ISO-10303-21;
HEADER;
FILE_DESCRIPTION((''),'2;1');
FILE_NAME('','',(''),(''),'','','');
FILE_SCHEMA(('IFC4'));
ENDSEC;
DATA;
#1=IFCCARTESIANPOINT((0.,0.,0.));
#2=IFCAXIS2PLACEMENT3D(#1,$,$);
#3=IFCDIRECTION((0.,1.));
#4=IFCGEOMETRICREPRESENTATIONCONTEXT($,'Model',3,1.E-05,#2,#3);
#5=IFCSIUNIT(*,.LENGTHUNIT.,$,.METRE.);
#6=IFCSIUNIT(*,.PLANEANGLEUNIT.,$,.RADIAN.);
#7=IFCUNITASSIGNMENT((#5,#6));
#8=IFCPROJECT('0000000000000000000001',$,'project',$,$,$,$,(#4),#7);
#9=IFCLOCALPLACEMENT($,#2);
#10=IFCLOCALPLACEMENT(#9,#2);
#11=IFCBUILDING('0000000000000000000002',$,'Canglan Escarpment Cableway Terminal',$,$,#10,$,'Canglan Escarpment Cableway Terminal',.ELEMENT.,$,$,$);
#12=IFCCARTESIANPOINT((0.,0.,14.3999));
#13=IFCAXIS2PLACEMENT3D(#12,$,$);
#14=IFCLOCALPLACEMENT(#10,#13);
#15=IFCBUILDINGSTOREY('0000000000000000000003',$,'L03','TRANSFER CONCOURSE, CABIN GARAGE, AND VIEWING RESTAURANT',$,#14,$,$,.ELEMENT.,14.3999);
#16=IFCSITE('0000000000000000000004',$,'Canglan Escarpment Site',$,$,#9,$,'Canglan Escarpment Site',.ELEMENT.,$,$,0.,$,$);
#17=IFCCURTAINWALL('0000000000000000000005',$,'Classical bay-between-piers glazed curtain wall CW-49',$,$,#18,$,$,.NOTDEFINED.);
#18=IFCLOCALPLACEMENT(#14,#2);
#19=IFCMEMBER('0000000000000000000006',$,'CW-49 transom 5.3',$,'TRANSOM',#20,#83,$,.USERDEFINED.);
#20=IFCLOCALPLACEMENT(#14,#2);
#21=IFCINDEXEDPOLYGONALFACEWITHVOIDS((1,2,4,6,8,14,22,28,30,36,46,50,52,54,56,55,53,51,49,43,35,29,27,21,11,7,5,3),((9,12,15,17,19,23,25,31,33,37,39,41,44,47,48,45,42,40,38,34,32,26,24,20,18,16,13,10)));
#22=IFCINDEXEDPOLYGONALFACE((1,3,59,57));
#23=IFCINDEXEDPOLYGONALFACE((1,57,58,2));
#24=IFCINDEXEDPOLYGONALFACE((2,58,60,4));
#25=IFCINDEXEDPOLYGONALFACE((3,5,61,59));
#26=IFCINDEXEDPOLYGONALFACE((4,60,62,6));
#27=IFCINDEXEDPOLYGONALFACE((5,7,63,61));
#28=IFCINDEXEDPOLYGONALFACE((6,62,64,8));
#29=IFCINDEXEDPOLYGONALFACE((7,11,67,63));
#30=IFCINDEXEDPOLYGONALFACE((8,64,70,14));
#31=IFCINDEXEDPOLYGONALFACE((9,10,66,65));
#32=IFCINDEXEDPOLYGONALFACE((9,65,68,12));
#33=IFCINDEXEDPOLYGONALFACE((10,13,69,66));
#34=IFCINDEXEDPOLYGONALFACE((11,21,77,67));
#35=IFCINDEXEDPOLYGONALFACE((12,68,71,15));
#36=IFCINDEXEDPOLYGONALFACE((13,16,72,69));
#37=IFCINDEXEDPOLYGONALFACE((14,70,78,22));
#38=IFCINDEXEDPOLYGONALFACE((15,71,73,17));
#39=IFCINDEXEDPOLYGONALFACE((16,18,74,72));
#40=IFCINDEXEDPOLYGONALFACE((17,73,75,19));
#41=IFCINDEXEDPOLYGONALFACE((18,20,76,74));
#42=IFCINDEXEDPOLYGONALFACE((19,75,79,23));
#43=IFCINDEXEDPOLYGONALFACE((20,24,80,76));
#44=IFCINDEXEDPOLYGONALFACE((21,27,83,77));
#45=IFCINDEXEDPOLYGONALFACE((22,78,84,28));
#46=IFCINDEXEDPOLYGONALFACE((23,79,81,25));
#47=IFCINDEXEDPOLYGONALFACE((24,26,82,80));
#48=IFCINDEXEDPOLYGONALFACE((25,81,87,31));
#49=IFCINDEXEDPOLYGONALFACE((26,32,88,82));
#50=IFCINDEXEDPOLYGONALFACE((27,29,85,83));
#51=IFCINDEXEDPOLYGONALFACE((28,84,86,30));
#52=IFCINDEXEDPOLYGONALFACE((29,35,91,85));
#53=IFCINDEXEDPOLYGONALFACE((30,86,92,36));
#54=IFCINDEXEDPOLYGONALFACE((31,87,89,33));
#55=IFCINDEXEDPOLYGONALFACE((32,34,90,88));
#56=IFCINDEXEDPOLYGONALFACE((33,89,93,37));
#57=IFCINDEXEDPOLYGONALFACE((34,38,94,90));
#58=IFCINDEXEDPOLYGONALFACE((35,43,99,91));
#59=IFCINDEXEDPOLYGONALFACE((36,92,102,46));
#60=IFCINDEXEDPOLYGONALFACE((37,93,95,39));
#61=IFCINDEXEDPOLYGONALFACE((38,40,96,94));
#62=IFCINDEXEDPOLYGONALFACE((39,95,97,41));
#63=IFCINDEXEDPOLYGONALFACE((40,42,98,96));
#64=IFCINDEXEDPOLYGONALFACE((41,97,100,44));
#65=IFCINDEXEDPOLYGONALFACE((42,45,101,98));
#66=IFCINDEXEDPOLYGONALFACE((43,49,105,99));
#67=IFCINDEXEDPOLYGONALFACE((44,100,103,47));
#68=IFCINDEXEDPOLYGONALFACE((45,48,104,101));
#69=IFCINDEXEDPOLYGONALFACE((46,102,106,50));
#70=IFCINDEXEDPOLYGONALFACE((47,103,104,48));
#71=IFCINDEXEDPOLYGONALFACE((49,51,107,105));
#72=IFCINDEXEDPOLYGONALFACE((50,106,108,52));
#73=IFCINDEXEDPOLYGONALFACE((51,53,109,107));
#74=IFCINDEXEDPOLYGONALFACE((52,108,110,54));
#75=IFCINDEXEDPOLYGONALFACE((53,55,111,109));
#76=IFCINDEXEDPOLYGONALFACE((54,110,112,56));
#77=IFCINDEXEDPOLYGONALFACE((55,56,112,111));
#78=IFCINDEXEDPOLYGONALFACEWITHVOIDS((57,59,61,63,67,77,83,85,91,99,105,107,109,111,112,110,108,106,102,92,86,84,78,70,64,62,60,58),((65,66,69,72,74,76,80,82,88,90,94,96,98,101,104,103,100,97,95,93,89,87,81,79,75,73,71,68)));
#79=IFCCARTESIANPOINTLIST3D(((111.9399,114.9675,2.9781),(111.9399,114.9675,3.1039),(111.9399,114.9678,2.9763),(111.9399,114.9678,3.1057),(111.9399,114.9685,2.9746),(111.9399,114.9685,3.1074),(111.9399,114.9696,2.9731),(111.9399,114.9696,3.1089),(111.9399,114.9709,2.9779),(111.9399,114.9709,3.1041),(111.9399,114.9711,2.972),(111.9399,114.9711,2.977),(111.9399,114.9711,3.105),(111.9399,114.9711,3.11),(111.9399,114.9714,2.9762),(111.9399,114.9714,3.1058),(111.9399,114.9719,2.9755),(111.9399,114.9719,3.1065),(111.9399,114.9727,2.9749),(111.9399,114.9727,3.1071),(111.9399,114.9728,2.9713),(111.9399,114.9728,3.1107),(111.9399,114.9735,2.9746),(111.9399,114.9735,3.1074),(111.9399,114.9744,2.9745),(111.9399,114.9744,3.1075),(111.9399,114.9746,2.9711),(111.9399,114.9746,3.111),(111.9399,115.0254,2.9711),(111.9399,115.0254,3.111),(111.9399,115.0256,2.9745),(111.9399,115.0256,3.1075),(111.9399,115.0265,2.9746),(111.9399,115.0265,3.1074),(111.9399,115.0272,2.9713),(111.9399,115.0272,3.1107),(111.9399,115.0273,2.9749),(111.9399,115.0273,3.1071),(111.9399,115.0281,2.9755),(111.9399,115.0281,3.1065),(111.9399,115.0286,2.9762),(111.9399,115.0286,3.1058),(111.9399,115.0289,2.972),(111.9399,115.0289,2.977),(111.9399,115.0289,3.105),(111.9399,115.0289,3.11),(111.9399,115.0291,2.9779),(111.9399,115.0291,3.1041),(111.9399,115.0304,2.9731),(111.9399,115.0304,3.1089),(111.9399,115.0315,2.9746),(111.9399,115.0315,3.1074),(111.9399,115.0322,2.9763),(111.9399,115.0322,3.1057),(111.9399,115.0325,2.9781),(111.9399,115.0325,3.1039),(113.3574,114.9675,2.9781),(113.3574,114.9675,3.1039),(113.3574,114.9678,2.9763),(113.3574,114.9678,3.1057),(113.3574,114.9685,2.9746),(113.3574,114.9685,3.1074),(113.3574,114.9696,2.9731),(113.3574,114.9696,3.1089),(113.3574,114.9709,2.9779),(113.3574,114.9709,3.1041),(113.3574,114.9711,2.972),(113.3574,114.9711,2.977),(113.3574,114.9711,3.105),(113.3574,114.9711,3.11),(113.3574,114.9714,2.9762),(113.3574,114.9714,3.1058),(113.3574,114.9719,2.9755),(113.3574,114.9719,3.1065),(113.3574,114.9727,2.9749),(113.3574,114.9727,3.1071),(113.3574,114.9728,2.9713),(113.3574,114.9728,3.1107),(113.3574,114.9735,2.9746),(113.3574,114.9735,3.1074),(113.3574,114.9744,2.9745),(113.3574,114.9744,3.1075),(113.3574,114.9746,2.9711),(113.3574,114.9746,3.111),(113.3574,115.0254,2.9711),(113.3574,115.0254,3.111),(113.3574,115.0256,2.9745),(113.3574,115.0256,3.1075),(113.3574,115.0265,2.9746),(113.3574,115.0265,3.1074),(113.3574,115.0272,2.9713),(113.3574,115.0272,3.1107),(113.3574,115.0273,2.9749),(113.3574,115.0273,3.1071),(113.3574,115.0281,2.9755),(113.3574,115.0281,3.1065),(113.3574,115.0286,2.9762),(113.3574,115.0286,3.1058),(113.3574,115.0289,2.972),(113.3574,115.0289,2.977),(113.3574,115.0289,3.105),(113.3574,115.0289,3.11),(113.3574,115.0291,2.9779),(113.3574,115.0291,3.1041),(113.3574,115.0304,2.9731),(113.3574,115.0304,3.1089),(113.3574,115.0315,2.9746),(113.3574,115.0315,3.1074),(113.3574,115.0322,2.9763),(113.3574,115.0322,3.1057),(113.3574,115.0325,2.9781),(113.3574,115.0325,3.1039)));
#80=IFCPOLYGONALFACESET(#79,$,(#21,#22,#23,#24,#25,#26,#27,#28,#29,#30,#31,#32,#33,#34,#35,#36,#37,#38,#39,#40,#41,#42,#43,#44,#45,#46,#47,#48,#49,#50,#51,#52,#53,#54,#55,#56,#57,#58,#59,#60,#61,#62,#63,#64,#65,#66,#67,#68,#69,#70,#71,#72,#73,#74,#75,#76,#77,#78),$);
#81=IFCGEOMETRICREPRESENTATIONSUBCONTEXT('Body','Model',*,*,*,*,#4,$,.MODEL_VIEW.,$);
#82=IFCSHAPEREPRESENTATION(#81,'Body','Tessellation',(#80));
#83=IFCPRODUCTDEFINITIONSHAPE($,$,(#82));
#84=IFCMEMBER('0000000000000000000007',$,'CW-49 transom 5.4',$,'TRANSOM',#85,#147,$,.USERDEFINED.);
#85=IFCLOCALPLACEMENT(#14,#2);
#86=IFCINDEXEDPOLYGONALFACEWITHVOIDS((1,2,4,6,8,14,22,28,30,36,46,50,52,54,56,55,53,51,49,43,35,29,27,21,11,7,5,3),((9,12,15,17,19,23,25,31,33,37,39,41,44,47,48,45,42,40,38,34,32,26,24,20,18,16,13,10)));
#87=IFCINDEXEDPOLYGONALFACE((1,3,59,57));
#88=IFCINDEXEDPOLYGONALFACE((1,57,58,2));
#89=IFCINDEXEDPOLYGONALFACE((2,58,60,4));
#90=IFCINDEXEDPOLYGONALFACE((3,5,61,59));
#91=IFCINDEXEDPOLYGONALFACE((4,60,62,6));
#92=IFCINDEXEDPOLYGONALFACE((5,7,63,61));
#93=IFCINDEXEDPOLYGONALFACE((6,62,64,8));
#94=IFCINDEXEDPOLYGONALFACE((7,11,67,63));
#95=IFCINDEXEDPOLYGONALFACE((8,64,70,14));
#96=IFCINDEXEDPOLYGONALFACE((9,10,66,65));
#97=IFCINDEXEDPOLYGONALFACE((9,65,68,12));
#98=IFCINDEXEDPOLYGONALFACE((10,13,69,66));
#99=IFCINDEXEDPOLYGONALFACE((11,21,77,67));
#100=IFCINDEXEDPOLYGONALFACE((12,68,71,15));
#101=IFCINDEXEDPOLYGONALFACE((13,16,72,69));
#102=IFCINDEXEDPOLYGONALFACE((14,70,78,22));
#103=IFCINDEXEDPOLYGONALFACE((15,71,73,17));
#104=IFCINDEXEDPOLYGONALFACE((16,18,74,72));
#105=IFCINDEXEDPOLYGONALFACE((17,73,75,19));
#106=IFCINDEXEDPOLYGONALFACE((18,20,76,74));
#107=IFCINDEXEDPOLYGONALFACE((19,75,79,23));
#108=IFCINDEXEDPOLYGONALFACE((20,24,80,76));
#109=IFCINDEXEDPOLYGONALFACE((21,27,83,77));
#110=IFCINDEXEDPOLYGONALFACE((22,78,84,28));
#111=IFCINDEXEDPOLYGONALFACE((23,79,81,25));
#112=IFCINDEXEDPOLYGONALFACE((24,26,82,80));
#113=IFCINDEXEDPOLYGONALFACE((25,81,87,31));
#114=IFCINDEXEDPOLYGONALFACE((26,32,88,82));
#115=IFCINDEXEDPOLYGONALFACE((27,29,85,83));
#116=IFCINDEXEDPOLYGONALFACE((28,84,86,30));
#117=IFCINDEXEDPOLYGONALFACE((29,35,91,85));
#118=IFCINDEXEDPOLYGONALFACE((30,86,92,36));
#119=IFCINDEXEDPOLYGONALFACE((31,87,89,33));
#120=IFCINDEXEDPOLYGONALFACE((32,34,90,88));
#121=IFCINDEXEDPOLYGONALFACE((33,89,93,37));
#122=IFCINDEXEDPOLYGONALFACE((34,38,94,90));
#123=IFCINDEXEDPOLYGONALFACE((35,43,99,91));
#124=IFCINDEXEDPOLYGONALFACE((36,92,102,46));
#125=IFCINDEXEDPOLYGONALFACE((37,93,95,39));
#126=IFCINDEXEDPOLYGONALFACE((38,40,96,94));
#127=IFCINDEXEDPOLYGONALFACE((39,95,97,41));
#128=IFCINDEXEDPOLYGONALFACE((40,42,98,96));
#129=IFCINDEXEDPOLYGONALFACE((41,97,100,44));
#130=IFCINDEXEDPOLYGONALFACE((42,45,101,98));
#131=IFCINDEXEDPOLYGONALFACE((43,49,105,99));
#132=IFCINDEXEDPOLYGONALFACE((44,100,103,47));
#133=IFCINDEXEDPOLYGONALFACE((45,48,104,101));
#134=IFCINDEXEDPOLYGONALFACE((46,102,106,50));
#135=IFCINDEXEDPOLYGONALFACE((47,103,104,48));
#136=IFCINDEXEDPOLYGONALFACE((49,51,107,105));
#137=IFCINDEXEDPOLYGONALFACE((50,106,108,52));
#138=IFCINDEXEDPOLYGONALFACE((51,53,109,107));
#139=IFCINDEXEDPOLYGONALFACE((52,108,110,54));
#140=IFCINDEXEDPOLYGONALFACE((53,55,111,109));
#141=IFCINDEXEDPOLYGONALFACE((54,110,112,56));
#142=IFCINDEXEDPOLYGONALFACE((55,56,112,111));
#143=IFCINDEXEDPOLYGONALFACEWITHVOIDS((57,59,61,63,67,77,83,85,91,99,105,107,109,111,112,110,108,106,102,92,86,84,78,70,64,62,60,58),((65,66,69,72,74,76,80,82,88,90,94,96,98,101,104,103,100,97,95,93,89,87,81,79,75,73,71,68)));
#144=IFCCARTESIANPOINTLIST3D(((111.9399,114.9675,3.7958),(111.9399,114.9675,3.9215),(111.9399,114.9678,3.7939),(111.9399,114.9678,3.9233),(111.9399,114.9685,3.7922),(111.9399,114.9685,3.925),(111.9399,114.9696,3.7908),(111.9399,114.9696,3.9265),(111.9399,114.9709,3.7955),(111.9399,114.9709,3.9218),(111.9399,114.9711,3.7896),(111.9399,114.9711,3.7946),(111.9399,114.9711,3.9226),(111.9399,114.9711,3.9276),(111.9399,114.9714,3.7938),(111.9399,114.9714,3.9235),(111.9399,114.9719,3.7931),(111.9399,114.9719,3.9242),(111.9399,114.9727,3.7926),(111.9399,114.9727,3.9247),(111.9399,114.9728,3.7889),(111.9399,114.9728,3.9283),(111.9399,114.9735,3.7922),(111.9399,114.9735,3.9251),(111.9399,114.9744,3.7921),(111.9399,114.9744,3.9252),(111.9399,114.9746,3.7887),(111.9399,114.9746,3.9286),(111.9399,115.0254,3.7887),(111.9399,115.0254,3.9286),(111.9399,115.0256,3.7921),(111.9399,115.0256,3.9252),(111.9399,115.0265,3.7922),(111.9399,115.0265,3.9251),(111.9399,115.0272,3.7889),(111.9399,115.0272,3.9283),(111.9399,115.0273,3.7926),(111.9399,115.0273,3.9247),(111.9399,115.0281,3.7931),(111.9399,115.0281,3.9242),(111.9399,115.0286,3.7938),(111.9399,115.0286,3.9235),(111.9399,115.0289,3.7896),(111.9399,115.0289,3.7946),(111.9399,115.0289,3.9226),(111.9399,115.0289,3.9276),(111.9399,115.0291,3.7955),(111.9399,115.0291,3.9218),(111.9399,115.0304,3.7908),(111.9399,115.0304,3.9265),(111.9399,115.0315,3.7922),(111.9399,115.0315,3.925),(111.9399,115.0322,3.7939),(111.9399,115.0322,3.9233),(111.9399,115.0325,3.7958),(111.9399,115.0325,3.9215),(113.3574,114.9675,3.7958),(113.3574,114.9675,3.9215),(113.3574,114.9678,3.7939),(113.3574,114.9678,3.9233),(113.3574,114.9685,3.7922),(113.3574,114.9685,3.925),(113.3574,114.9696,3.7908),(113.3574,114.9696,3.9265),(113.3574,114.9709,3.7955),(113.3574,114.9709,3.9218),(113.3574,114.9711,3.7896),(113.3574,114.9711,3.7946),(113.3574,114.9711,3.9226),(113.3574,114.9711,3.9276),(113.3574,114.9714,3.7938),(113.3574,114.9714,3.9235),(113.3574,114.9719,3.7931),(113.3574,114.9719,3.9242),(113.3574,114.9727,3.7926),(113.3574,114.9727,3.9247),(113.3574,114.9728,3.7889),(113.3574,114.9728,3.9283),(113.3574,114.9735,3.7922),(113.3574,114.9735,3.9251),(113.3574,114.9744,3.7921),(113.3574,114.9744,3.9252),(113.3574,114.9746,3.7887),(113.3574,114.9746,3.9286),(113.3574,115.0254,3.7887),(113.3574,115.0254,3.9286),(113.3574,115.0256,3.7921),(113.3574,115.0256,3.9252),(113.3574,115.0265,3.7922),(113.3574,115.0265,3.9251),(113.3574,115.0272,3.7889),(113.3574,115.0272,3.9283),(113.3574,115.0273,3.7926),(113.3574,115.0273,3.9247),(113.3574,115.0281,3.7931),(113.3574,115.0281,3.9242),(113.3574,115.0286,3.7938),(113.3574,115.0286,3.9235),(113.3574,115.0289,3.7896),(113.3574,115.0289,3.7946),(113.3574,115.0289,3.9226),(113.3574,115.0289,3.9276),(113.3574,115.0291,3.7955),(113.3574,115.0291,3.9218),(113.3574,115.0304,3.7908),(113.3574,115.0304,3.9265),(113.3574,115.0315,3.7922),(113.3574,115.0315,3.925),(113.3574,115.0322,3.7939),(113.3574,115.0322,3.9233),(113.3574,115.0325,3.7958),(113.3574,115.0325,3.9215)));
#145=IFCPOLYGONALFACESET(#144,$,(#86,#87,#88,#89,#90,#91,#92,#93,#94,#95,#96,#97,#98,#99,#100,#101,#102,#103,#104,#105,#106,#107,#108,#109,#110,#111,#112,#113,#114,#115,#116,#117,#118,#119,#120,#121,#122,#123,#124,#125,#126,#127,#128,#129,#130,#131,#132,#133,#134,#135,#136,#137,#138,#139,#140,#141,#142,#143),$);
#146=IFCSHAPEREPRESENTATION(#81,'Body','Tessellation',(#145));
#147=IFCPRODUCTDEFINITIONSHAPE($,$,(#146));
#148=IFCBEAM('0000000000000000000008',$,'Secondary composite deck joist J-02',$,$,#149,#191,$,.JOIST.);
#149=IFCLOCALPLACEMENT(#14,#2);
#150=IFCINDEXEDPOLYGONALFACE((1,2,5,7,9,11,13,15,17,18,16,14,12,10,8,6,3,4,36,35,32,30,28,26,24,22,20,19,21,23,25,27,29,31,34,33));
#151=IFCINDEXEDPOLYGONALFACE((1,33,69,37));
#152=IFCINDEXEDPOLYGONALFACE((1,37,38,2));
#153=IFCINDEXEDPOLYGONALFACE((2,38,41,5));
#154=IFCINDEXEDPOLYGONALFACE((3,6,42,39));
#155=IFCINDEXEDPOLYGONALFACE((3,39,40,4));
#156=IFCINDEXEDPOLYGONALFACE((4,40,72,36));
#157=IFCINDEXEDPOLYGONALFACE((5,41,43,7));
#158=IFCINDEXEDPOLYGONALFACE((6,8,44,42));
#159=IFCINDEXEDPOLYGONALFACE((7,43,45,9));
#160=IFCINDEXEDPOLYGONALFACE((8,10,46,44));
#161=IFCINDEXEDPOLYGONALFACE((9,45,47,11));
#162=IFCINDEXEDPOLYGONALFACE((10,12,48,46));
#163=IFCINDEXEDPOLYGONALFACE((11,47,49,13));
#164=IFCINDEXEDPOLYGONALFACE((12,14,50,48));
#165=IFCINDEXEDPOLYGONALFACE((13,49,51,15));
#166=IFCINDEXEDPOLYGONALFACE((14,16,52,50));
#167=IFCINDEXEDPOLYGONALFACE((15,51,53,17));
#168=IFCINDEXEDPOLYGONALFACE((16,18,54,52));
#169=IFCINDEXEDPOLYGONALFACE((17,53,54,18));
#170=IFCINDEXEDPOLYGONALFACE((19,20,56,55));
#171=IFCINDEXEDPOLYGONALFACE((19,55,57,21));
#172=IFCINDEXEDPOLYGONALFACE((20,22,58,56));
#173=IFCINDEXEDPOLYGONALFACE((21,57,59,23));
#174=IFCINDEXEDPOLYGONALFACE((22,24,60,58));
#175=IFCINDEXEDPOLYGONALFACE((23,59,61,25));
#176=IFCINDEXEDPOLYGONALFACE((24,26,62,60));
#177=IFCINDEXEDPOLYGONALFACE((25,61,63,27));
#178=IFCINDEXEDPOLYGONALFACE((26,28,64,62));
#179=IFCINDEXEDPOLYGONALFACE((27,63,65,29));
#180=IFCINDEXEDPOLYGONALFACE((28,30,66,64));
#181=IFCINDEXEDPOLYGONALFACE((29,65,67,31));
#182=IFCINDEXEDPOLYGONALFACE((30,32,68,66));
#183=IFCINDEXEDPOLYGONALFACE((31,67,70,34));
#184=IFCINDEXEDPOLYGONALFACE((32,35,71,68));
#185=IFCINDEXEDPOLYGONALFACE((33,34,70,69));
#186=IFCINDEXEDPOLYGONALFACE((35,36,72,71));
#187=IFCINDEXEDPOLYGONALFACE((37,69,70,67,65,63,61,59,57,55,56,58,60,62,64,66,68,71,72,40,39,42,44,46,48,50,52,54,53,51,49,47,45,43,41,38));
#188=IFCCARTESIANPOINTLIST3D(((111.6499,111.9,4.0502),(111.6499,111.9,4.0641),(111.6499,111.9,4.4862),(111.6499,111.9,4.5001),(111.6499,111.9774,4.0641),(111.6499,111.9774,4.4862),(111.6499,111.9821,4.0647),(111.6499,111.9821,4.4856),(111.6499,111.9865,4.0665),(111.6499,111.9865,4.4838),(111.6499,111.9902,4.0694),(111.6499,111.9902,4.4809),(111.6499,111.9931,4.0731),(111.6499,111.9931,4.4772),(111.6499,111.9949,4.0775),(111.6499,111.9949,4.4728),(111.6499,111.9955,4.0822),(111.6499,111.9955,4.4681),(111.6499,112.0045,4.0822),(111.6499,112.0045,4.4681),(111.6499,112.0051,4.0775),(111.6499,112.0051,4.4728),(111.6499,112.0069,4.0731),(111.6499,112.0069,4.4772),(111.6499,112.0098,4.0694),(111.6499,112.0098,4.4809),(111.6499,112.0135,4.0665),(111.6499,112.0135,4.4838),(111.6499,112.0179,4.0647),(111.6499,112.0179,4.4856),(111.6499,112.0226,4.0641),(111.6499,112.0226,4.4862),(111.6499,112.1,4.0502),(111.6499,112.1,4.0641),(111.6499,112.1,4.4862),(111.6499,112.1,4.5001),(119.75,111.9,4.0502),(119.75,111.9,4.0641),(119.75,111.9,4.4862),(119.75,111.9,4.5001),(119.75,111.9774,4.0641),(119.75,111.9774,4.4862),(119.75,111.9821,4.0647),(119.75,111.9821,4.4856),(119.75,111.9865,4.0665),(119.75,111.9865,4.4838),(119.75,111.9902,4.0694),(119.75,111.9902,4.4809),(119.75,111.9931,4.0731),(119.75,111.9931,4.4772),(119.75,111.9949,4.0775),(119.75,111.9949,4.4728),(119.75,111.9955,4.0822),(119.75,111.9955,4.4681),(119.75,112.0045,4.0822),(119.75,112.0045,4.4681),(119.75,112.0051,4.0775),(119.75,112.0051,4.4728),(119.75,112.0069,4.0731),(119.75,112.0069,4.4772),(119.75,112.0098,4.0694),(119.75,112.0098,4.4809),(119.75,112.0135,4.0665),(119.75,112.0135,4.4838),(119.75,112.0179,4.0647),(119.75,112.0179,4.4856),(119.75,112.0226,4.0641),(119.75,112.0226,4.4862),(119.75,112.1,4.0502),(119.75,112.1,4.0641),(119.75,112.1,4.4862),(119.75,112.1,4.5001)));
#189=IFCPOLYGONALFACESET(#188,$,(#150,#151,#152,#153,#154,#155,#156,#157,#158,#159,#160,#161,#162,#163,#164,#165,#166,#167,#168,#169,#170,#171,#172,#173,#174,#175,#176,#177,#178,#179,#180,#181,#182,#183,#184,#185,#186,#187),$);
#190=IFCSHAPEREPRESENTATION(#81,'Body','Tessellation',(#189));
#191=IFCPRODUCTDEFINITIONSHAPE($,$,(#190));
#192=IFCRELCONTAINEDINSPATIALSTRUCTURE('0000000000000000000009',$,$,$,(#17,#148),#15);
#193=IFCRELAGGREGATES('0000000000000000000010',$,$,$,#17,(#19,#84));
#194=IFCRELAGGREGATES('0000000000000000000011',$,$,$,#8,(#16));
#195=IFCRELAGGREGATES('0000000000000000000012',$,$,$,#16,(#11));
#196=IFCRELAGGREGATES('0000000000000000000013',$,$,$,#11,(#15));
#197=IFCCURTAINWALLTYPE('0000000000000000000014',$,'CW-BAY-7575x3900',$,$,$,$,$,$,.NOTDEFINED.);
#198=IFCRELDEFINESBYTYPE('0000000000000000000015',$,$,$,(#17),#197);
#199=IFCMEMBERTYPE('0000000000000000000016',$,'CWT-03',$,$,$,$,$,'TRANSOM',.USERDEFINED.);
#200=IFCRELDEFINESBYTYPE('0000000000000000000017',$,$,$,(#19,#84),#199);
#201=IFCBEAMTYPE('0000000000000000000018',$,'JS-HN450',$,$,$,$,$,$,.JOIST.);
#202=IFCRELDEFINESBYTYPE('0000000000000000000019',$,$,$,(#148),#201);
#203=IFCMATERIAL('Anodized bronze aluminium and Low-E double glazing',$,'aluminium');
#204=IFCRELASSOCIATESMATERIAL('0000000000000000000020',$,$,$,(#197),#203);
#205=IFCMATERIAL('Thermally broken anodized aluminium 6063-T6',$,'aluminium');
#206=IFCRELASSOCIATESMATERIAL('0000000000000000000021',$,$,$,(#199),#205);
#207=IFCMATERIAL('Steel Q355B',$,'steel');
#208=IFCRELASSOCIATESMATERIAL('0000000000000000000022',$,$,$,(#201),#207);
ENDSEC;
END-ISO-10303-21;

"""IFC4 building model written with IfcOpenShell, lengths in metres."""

from ifc_helpers import new_model, si_unit, direction, frame, origin, origin_2d, place, context, subcontext, project, spatial, hollow_rectangle, i_section, extrude, material, material_profile, profile_set, type_object, element, aggregate, save


model = new_model("IFC4")

# Units and contexts
model_context = context("Model", 3, precision=1e-05, world=origin(), true_north=direction((0.0, 1.0)))
body_context = subcontext(model_context, "Body", "Model", "MODEL_VIEW")
ifc_project = project(units=[si_unit("LENGTHUNIT", "METRE"), si_unit("PLANEANGLEUNIT", "RADIAN")], contexts=[model_context])

# Site, building, storey
site_placement = place(None, origin())
site = spatial("IfcSite", under=ifc_project, at=site_placement, Name="Canglan Escarpment Site", LongName="Canglan Escarpment Site", CompositionType="ELEMENT", RefElevation=0.0)
building_placement = place(site_placement, origin())
building = spatial("IfcBuilding", under=site, at=building_placement, Name="Canglan Escarpment Cableway Terminal", LongName="Canglan Escarpment Cableway Terminal", CompositionType="ELEMENT")
storey_placement = place(building_placement, frame((0.0, 0.0, 14.3999)))
storey = spatial("IfcBuildingStorey", under=building, at=storey_placement, Name="L03", Description="TRANSFER CONCOURSE, CABIN GARAGE, AND VIEWING RESTAURANT", CompositionType="ELEMENT", Elevation=14.3999)

# Curtain wall
ifc_material_1 = material(Name="Anodized bronze aluminium and Low-E double glazing", Category="aluminium")
curtain_wall_type_1 = type_object("IfcCurtainWallType", Name="CW-BAY-7575x3900", PredefinedType="NOTDEFINED", material=ifc_material_1)
curtain_wall_1_placement = place(storey_placement, origin())
curtain_wall_1 = element("IfcCurtainWall", 1, at=curtain_wall_1_placement, inside=storey, type_object=curtain_wall_type_1, Name="Classical bay-between-piers glazed curtain wall CW-49", PredefinedType="NOTDEFINED")
ifc_material_2 = material(Name="Thermally broken anodized aluminium 6063-T6", Category="aluminium")

# Members
ifc_material_profile_1 = material_profile(ifc_material_2, hollow_rectangle(XDim=0.0649, YDim=0.1399, WallThickness=0.0034, InnerFilletRadius=0.0034, OuterFilletRadius=0.0071, at=origin_2d()), Name="ALU-TRAN 65x140x3.5")
ifc_profile_set_1 = profile_set([ifc_material_profile_1], Name="Thermally broken anodized aluminium 6063-T6")
member_type_1 = type_object("IfcMemberType", Name="CWT-03", ElementType="TRANSOM", PredefinedType="USERDEFINED", material=ifc_profile_set_1)
member_1_placement = place(storey_placement, frame((113.3574, 115.0, 3.041), z_axis=(-1.0, 0.0, 0.0), x_axis=(0.0, -1.0, 0.0)))
member_1 = element("IfcMember", 2, at=member_1_placement, type_object=member_type_1, Name="CW-49 transom 5.3", ObjectType="TRANSOM", PredefinedType="USERDEFINED", context=body_context, shape_type="SweptSolid", body=[
    extrude(hollow_rectangle(XDim=0.0649, YDim=0.1399, WallThickness=0.0034, InnerFilletRadius=0.0034, OuterFilletRadius=0.0071, at=origin_2d()), origin(), (0.0, 0.0, 1.0), 1.4175),
])
member_2_placement = place(storey_placement, frame((113.3574, 115.0, 3.8586), z_axis=(-1.0, 0.0, 0.0), x_axis=(0.0, -1.0, 0.0)))
member_2 = element("IfcMember", 3, at=member_2_placement, type_object=member_type_1, Name="CW-49 transom 5.4", ObjectType="TRANSOM", PredefinedType="USERDEFINED", context=body_context, shape_type="SweptSolid", body=[
    extrude(hollow_rectangle(XDim=0.0649, YDim=0.1399, WallThickness=0.0034, InnerFilletRadius=0.0034, OuterFilletRadius=0.0071, at=origin_2d()), origin(), (0.0, 0.0, 1.0), 1.4175),
])

# Beam
ifc_material_3 = material(Name="Steel Q355B", Category="steel")
ifc_material_profile_2 = material_profile(ifc_material_3, i_section(OverallWidth=0.2, OverallDepth=0.45, WebThickness=0.009, FlangeThickness=0.0139, FilletRadius=0.0181, at=origin_2d()), Name="HN 450x200x9x14")
ifc_profile_set_2 = profile_set([ifc_material_profile_2], Name="Steel Q355B")
beam_type_1 = type_object("IfcBeamType", Name="JS-HN450", PredefinedType="JOIST", material=ifc_profile_set_2)
beam_1_placement = place(storey_placement, frame((111.6499, 112.0, 4.2751), z_axis=(1.0, 0.0, 0.0), x_axis=(0.0, 1.0, 0.0)))
element("IfcBeam", 4, at=beam_1_placement, inside=storey, type_object=beam_type_1, Name="Secondary composite deck joist J-02", PredefinedType="JOIST", context=body_context, shape_type="SweptSolid", body=[
    extrude(i_section(OverallWidth=0.2, OverallDepth=0.45, WebThickness=0.009, FlangeThickness=0.0139, FilletRadius=0.0181, at=origin_2d()), origin(), (0.0, 0.0, 1.0), 8.1001),
])

aggregate(curtain_wall_1, [member_1, member_2])

save(model, "model.ifc")
